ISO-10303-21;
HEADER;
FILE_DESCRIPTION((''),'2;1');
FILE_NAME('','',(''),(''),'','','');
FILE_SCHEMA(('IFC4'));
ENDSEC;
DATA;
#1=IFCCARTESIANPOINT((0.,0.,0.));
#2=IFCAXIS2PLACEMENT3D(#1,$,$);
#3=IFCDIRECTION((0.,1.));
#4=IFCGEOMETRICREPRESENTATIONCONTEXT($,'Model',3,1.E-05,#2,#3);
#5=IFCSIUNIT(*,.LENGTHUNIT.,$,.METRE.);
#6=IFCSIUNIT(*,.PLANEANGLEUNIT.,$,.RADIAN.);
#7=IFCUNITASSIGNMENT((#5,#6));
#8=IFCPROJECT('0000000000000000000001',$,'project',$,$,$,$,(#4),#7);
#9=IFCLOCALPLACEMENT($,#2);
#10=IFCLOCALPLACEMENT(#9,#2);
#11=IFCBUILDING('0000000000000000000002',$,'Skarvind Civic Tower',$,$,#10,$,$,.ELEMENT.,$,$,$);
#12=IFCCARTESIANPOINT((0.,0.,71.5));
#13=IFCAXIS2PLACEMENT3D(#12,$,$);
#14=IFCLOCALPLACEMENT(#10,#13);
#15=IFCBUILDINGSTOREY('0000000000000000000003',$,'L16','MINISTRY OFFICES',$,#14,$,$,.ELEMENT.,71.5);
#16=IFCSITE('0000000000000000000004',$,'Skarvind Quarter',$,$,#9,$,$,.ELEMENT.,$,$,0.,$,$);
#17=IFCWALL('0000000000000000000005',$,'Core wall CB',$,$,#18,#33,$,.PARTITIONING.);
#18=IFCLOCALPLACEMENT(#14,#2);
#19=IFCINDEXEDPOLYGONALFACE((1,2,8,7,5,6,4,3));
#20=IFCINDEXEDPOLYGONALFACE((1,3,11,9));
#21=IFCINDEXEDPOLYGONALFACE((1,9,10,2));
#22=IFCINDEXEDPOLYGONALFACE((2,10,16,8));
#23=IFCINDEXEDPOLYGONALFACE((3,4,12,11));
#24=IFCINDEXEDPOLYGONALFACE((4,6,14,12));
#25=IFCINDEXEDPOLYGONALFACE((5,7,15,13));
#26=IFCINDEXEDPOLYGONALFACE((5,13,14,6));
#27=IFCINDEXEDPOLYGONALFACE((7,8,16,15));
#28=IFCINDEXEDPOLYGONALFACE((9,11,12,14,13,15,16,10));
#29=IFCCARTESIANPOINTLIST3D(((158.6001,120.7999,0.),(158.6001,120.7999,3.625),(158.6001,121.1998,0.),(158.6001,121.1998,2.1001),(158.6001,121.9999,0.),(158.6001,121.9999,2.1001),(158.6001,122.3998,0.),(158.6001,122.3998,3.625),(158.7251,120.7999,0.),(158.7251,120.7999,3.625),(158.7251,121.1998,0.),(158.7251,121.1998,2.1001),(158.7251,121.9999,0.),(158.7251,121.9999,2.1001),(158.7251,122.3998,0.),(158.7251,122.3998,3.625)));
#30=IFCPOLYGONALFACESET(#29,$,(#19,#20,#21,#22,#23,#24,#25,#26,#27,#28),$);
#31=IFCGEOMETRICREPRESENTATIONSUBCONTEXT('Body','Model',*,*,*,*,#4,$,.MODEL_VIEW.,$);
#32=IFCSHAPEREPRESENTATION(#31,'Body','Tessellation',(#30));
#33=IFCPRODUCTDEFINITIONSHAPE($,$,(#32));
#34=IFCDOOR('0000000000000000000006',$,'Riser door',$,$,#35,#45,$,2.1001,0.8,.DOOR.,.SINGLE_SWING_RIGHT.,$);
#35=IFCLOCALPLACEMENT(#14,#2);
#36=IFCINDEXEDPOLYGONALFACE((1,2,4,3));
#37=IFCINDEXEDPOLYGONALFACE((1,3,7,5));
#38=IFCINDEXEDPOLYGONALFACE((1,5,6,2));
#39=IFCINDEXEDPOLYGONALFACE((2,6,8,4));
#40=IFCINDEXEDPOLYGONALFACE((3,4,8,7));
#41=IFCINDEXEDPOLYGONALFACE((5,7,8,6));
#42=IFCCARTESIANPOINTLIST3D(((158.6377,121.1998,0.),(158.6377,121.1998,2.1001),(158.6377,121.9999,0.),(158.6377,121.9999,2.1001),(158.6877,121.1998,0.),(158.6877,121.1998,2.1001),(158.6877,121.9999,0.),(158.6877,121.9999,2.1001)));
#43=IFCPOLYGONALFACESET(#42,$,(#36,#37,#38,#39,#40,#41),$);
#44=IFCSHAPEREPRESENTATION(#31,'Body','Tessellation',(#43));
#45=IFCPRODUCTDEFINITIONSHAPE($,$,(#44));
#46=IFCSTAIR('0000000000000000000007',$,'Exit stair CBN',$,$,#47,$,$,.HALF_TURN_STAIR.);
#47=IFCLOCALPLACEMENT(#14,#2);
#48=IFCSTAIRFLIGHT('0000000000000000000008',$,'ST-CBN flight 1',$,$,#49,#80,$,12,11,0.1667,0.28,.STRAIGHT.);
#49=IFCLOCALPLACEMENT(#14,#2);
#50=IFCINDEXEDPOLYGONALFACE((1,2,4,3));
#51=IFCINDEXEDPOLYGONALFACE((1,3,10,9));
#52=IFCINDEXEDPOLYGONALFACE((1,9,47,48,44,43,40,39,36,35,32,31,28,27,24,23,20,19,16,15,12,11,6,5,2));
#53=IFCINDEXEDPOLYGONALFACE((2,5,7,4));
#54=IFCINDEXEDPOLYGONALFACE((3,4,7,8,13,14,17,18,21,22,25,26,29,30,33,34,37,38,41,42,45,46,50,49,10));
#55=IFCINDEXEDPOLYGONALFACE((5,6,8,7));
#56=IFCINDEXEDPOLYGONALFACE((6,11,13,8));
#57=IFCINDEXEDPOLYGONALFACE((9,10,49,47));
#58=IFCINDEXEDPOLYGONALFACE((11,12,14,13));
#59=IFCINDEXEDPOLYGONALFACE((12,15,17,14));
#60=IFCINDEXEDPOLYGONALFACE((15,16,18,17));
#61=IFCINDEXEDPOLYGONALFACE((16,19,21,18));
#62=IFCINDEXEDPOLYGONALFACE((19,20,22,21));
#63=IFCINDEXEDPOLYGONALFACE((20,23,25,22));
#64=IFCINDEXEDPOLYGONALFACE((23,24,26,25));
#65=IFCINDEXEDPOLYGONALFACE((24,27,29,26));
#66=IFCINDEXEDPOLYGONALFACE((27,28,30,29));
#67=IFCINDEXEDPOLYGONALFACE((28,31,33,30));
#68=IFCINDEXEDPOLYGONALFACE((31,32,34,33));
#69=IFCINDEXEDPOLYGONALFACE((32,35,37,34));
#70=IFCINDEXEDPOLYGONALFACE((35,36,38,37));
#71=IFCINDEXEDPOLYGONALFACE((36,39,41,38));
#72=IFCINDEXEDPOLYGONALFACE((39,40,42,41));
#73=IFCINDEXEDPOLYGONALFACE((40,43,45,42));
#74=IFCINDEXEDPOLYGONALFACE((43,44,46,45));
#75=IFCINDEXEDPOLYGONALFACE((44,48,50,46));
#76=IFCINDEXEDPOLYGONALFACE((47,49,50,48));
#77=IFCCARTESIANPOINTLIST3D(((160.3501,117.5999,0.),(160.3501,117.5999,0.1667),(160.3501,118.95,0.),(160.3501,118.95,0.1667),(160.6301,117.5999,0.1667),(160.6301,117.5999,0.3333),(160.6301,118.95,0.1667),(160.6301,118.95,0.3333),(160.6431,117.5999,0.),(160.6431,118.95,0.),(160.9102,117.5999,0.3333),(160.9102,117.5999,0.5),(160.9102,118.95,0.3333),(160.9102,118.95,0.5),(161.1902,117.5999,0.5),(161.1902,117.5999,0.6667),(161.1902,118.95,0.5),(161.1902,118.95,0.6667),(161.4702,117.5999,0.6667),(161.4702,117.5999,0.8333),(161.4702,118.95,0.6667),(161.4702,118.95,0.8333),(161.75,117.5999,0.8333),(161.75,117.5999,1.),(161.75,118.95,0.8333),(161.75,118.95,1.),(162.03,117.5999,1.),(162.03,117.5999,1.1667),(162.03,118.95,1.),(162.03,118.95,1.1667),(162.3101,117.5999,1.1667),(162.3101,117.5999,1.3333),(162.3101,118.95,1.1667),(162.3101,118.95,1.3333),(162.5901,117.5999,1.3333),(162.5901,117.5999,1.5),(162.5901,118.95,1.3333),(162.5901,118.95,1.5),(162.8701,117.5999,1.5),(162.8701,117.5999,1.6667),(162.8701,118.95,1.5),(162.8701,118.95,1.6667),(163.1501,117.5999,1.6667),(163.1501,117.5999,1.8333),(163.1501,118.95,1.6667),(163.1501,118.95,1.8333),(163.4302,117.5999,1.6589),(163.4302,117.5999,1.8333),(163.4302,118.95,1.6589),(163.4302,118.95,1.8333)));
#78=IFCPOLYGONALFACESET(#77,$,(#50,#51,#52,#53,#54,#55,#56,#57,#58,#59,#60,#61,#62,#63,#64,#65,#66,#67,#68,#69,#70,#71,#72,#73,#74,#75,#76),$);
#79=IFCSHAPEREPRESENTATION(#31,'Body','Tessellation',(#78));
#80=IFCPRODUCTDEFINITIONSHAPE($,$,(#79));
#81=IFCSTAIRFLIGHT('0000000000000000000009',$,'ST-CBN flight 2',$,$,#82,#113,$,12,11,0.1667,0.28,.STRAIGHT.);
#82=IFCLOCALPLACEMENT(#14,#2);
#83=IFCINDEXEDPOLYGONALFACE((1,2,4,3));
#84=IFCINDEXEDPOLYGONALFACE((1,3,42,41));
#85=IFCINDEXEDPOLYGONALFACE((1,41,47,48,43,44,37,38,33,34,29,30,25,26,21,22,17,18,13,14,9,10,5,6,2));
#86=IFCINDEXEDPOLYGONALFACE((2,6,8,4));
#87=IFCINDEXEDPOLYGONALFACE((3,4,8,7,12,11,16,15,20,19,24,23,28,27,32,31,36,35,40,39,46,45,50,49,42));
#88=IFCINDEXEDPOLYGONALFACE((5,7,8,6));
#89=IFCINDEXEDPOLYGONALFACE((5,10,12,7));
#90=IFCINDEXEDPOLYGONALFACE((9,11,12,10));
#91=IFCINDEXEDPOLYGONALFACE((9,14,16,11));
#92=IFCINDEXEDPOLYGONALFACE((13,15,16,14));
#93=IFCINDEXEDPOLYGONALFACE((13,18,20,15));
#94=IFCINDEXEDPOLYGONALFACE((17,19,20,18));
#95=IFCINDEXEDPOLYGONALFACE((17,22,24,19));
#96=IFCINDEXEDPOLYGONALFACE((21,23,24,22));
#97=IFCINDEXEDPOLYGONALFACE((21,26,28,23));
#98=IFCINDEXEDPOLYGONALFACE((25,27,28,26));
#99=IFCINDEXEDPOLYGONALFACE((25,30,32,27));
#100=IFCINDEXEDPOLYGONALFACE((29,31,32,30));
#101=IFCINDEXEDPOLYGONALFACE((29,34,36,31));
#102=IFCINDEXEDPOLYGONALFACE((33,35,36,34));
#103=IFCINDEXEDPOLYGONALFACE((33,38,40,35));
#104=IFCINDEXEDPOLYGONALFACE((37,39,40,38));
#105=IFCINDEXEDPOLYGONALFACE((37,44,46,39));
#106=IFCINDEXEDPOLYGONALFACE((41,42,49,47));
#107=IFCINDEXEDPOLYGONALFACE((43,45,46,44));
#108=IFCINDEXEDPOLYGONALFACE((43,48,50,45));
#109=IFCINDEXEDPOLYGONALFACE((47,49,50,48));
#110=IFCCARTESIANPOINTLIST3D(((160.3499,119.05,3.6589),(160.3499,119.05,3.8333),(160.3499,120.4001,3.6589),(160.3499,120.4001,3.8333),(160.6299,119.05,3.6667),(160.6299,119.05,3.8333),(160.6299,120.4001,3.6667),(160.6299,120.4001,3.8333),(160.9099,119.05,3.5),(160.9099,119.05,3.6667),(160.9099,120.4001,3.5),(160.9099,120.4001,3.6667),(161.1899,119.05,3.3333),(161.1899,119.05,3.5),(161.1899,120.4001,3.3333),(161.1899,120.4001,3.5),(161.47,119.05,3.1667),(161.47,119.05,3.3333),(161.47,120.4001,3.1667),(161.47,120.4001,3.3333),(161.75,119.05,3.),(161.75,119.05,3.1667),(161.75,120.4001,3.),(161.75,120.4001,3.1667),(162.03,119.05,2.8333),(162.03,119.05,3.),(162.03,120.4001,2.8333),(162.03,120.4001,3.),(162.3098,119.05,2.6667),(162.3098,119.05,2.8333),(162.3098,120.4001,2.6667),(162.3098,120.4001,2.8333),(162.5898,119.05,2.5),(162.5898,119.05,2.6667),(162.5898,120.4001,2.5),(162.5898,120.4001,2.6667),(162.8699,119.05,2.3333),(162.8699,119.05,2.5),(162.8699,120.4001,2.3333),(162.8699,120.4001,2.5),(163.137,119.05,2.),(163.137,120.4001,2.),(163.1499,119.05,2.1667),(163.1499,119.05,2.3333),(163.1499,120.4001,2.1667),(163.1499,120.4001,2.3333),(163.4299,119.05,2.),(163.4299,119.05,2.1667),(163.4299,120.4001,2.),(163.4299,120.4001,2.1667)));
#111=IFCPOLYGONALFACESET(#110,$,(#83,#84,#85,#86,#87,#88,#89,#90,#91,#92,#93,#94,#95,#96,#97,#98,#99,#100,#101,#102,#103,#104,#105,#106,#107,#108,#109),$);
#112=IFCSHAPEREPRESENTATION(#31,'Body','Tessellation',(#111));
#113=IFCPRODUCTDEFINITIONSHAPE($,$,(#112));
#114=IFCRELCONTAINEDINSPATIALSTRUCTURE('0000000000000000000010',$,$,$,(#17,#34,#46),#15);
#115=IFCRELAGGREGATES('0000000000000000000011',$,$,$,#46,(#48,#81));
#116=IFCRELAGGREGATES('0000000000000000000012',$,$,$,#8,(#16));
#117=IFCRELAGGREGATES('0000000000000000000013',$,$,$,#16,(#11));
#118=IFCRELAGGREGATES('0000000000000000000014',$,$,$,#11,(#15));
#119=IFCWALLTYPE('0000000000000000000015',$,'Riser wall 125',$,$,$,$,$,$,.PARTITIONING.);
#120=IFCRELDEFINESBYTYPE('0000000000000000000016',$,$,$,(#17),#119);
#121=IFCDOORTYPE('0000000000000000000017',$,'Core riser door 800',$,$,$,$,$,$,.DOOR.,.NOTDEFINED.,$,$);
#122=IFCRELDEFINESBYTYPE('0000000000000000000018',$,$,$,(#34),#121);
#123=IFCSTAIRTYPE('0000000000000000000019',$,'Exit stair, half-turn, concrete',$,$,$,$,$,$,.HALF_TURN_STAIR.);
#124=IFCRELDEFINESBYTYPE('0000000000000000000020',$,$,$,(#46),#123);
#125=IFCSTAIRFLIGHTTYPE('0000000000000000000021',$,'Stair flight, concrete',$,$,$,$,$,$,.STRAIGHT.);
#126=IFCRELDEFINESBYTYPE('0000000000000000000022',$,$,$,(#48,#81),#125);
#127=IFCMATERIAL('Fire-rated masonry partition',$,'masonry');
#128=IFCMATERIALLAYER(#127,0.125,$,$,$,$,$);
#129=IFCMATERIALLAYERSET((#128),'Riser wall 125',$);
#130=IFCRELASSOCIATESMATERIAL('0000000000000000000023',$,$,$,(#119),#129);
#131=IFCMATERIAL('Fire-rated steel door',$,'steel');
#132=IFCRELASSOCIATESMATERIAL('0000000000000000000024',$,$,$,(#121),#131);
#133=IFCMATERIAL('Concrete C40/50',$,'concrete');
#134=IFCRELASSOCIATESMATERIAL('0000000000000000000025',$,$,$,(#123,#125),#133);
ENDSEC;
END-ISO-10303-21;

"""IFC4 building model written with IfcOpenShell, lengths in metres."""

from ifc_helpers import new_model, si_unit, direction, frame, frame_2d, origin, place, context, subcontext, project, spatial, polyline, rectangle, outline, extrude, material, layer, layer_set, type_object, element, fill, aggregate, save


model = new_model("IFC4")

# Units and contexts
model_context = context("Model", 3, precision=1e-05, world=origin(), true_north=direction((0.0, 1.0)))
body_context = subcontext(model_context, "Body", "Model", "MODEL_VIEW")
ifc_project = project(units=[si_unit("LENGTHUNIT", "METRE"), si_unit("PLANEANGLEUNIT", "RADIAN")], contexts=[model_context])

# Site, building, storey
site_placement = place(None, origin())
site = spatial("IfcSite", under=ifc_project, at=site_placement, Name="Skarvind Quarter", CompositionType="ELEMENT", RefElevation=0.0)
building_placement = place(site_placement, origin())
building = spatial("IfcBuilding", under=site, at=building_placement, Name="Skarvind Civic Tower", CompositionType="ELEMENT")
storey_placement = place(building_placement, frame((0.0, 0.0, 71.5)))
storey = spatial("IfcBuildingStorey", under=building, at=storey_placement, Name="L16", Description="MINISTRY OFFICES", CompositionType="ELEMENT", Elevation=71.5)

# Shared definitions
ifc_material_1 = material(Name="Fire-rated masonry partition", Category="masonry")
ifc_material_2 = material(Name="Fire-rated steel door", Category="steel")

# Wall, opening, door
ifc_layer_1 = layer(ifc_material_1, 0.125)
ifc_layer_set_1 = layer_set([ifc_layer_1], Name="Riser wall 125")
wall_type_1 = type_object("IfcWallType", Name="Riser wall 125", PredefinedType="PARTITIONING", material=ifc_layer_set_1)
wall_1_placement = place(storey_placement, frame((158.6626, 120.8, 0.0), z_axis=(0.0, 0.0, 1.0), x_axis=(0.0, 1.0, 0.0)))
wall_1 = element("IfcWall", 1, at=wall_1_placement, inside=storey, type_object=wall_type_1, Name="Core wall CB", PredefinedType="PARTITIONING", context=body_context, shape_type="SweptSolid", body=[
    extrude(rectangle(XDim=1.5999, YDim=0.125, at=frame_2d((0.7998, 0.0))), origin(), (0.0, 0.0, 1.0), 3.625),
])
opening_1_placement = place(wall_1_placement, frame((0.3999, 0.0, 0.0)))
opening_1 = element("IfcOpeningElement", 2, at=opening_1_placement, cuts=wall_1, PredefinedType="OPENING", context=body_context, shape_type="SweptSolid", body=[
    extrude(rectangle(XDim=0.8, YDim=2.1001, at=frame_2d((0.3999, 1.05))), frame((0.0, 0.0725, 0.0), z_axis=(0.0, -1.0, 0.0), x_axis=(1.0, 0.0, 0.0)), (0.0, 0.0, 1.0), 0.145),
])
door_type_1 = type_object("IfcDoorType", Name="Core riser door 800", OperationType="NOTDEFINED", PredefinedType="DOOR", material=ifc_material_2)
door_1_placement = place(opening_1_placement, origin())
door_1 = element("IfcDoor", 3, at=door_1_placement, inside=storey, type_object=door_type_1, Name="Riser door", OperationType="SINGLE_SWING_RIGHT", OverallHeight=2.1001, OverallWidth=0.8, PredefinedType="DOOR", context=body_context, shape_type="SweptSolid", body=[
    extrude(rectangle(XDim=0.8, YDim=2.1001, at=frame_2d((0.3999, 1.05))), frame((0.0, 0.0249, 0.0), z_axis=(0.0, -1.0, 0.0), x_axis=(1.0, 0.0, 0.0)), (0.0, 0.0, 1.0), 0.05),
])
fill(opening_1, door_1)

# Stair, stair flights
ifc_material_3 = material(Name="Concrete C40/50", Category="concrete")
stair_type = type_object("IfcStairType", Name="Exit stair, half-turn, concrete", PredefinedType="HALF_TURN_STAIR", material=ifc_material_3)
stair_placement = place(storey_placement, origin())
stair = element("IfcStair", 4, at=stair_placement, inside=storey, type_object=stair_type, Name="Exit stair CBN", PredefinedType="HALF_TURN_STAIR")
stair_flight_type = type_object("IfcStairFlightType", Name="Stair flight, concrete", PredefinedType="STRAIGHT", material=ifc_material_3)
stair_flight_1_placement = place(storey_placement, frame((160.3501, 118.2749, 0.0), z_axis=(0.0, 0.0, 1.0), x_axis=(1.0, 0.0, 0.0)))
stair_flight_1 = element("IfcStairFlight", 5, at=stair_flight_1_placement, type_object=stair_flight_type, Name="ST-CBN flight 1", NumberOfRisers=12, NumberOfTreads=11, PredefinedType="STRAIGHT", RiserHeight=0.1667, TreadLength=0.28, context=body_context, shape_type="SweptSolid", body=[
    extrude(outline(polyline([(0.0, 0.0), (0.0, 0.1667), (0.28, 0.1667), (0.28, 0.3333), (0.5601, 0.3333), (0.5601, 0.5), (0.8401, 0.5), (0.8401, 0.6667), (1.1201, 0.6667), (1.1201, 0.8333), (1.3999, 0.8333), (1.3999, 1.0), (1.6799, 1.0), (1.6799, 1.1667), (1.96, 1.1667), (1.96, 1.3333), (2.24, 1.3333), (2.24, 1.5), (2.52, 1.5), (2.52, 1.6667), (2.8, 1.6667), (2.8, 1.8333), (3.0801, 1.8333), (3.0801, 2.0), (3.0801, 1.6589), (0.293, 0.0), (0.0, 0.0)])), frame((0.0, 0.675, 0.0), z_axis=(0.0, -1.0, 0.0), x_axis=(1.0, 0.0, 0.0)), (0.0, 0.0, 1.0), 1.3501),
])
stair_flight_2_placement = place(storey_placement, frame((163.4299, 119.7251, 2.0), z_axis=(0.0, 0.0, 1.0), x_axis=(-1.0, 0.0, 0.0)))
stair_flight_2 = element("IfcStairFlight", 6, at=stair_flight_2_placement, type_object=stair_flight_type, Name="ST-CBN flight 2", NumberOfRisers=12, NumberOfTreads=11, PredefinedType="STRAIGHT", RiserHeight=0.1667, TreadLength=0.28, context=body_context, shape_type="SweptSolid", body=[
    extrude(outline(polyline([(0.0, 0.0), (0.0, 0.1667), (0.28, 0.1667), (0.28, 0.3333), (0.5601, 0.3333), (0.5601, 0.5), (0.8401, 0.5), (0.8401, 0.6667), (1.1201, 0.6667), (1.1201, 0.8333), (1.3999, 0.8333), (1.3999, 1.0), (1.6799, 1.0), (1.6799, 1.1667), (1.96, 1.1667), (1.96, 1.3333), (2.24, 1.3333), (2.24, 1.5), (2.52, 1.5), (2.52, 1.6667), (2.8, 1.6667), (2.8, 1.8333), (3.0801, 1.8333), (3.0801, 2.0), (3.0801, 1.6589), (0.293, 0.0), (0.0, 0.0)])), frame((0.0, 0.675, 0.0), z_axis=(0.0, -1.0, 0.0), x_axis=(1.0, 0.0, 0.0)), (0.0, 0.0, 1.0), 1.3501),
])
aggregate(stair, [stair_flight_1, stair_flight_2])

save(model, "model.ifc")
